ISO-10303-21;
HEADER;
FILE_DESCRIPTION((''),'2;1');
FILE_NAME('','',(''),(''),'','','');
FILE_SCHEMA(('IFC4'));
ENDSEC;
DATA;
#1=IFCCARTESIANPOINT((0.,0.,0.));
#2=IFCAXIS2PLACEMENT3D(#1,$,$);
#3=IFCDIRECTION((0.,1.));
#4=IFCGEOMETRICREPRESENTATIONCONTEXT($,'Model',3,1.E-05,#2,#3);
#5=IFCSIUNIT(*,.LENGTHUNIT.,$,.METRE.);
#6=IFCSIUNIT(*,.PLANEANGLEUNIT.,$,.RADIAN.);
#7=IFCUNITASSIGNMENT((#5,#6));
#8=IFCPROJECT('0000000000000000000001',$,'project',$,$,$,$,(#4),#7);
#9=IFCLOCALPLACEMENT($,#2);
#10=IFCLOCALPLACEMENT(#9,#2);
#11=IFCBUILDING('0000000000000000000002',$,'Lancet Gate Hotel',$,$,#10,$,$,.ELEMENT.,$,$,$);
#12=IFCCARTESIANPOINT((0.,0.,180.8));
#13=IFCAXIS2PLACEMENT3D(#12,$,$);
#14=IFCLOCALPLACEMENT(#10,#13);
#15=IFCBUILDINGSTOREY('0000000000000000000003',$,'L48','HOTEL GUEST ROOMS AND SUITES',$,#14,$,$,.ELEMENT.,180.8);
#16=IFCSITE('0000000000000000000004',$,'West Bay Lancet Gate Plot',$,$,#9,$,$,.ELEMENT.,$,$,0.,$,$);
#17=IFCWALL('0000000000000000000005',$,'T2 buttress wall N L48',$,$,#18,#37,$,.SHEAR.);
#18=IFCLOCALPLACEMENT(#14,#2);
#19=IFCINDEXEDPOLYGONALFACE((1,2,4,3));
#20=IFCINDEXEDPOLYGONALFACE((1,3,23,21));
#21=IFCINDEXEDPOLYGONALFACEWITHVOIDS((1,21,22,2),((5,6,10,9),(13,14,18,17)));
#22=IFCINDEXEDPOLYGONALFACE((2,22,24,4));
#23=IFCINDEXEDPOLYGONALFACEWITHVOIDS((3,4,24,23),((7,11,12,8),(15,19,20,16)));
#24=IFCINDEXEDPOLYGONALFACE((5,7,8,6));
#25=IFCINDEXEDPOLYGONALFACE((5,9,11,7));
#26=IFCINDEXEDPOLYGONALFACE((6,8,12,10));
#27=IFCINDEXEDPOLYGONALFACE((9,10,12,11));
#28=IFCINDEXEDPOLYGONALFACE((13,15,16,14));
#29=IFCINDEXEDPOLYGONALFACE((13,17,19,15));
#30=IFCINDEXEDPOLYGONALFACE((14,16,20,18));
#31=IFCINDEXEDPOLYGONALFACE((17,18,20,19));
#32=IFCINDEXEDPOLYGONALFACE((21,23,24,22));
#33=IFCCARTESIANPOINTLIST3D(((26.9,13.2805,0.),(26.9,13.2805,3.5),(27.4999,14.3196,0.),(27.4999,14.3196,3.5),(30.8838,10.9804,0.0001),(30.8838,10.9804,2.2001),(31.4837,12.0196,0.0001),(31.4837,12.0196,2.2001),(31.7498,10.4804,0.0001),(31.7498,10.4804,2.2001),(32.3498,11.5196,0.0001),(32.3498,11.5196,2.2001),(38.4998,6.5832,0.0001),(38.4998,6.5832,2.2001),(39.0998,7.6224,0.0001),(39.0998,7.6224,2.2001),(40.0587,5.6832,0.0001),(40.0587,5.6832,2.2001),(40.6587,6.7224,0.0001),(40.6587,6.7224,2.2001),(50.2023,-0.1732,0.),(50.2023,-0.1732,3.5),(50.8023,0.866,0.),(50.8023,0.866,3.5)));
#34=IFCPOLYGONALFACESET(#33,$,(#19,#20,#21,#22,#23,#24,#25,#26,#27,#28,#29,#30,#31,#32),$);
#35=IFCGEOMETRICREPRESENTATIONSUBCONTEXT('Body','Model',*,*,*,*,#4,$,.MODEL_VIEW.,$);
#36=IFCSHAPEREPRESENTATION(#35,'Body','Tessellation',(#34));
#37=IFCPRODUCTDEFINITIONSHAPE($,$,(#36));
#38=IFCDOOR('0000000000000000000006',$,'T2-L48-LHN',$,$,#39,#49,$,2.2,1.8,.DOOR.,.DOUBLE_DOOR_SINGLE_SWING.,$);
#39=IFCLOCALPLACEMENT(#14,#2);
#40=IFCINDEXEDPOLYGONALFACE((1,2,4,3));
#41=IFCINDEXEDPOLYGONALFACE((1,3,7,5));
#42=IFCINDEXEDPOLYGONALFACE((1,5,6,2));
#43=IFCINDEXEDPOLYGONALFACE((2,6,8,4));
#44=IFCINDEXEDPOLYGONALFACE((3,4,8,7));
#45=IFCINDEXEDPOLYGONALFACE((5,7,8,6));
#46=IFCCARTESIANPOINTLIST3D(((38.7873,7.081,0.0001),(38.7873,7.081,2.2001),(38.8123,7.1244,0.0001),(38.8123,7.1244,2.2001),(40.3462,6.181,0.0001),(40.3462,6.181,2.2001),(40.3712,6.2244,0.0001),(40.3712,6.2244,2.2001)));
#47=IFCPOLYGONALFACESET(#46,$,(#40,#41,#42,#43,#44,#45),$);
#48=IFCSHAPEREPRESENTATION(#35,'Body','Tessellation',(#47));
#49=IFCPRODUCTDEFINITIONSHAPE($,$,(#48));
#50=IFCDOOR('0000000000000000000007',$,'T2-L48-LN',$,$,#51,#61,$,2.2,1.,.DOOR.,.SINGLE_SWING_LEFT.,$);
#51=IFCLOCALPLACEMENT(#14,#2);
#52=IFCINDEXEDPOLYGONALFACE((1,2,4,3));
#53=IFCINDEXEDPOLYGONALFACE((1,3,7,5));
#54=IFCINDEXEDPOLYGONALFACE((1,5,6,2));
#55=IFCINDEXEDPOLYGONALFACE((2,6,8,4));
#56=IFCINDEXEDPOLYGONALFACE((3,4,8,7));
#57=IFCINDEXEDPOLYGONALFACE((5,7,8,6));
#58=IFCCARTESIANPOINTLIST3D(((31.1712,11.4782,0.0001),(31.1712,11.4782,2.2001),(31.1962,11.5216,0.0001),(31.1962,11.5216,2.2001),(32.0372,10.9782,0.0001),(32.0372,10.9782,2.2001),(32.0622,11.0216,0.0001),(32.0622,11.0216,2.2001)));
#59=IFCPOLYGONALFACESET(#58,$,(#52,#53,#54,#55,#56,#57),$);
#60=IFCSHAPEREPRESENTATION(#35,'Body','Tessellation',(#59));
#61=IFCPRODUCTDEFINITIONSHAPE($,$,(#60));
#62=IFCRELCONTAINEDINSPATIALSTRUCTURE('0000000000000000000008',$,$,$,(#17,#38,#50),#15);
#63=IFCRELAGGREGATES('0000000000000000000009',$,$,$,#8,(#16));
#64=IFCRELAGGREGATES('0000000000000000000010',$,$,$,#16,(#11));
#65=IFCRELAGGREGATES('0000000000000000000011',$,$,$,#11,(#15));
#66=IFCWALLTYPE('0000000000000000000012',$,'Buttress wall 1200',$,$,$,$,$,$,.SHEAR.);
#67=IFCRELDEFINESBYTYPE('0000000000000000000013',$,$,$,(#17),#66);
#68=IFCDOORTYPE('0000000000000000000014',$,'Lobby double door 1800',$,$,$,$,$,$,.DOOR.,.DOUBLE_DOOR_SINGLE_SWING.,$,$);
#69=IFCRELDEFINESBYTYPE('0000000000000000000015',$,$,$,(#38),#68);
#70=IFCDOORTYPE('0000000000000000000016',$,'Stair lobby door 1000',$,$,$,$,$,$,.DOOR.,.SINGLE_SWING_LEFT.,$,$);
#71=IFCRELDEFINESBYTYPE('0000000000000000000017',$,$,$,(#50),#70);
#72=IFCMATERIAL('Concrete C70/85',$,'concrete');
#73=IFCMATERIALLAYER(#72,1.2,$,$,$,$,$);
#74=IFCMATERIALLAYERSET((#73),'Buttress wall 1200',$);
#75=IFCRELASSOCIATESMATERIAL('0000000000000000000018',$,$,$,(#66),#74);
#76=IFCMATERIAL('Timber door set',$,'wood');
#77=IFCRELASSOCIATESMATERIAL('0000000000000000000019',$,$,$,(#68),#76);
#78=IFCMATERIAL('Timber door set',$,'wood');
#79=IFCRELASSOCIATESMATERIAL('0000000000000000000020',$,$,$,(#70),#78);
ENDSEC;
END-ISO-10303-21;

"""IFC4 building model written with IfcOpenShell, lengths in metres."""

from ifc_helpers import new_model, si_unit, direction, frame, frame_2d, origin, place, context, subcontext, project, spatial, rectangle, extrude, material, layer, layer_set, type_object, element, fill, save


model = new_model("IFC4")

# Units and contexts
model_context = context("Model", 3, precision=1e-05, world=origin(), true_north=direction((0.0, 1.0)))
body_context = subcontext(model_context, "Body", "Model", "MODEL_VIEW")
ifc_project = project(units=[si_unit("LENGTHUNIT", "METRE"), si_unit("PLANEANGLEUNIT", "RADIAN")], contexts=[model_context])

# Site, building, storey
site_placement = place(None, origin())
site = spatial("IfcSite", under=ifc_project, at=site_placement, Name="West Bay Lancet Gate Plot", CompositionType="ELEMENT", RefElevation=0.0)
building_placement = place(site_placement, origin())
building = spatial("IfcBuilding", under=site, at=building_placement, Name="Lancet Gate Hotel", CompositionType="ELEMENT")
storey_placement = place(building_placement, frame((0.0, 0.0, 180.8)))
storey = spatial("IfcBuildingStorey", under=building, at=storey_placement, Name="L48", Description="HOTEL GUEST ROOMS AND SUITES", CompositionType="ELEMENT", Elevation=180.8)

# Wall, openings, doors
ifc_material_1 = material(Name="Concrete C70/85", Category="concrete")
ifc_layer_1 = layer(ifc_material_1, 1.2)
ifc_layer_set_1 = layer_set([ifc_layer_1], Name="Buttress wall 1200")
wall_type = type_object("IfcWallType", Name="Buttress wall 1200", PredefinedType="SHEAR", material=ifc_layer_set_1)
wall_placement = place(storey_placement, frame((27.2, 13.8, 0.0), z_axis=(0.0, 0.0, 1.0), x_axis=(0.866025, -0.500002, 0.0)))
wall = element("IfcWall", 1, at=wall_placement, inside=storey, type_object=wall_type, Name="T2 buttress wall N L48", PredefinedType="SHEAR", context=body_context, shape_type="SweptSolid", body=[
    extrude(rectangle(XDim=26.9072, YDim=1.2, at=frame_2d((13.4536, 0.0))), origin(), (0.0, 0.0, 1.0), 3.5),
])
opening_1_placement = place(wall_placement, frame((4.6001, 0.0, 0.0)))
opening_1 = element("IfcOpeningElement", 2, at=opening_1_placement, cuts=wall, PredefinedType="OPENING", context=body_context, shape_type="SweptSolid", body=[
    extrude(rectangle(XDim=1.0, YDim=2.2, at=frame_2d((0.5, 1.1001))), frame((0.0, 0.6099, 0.0), z_axis=(0.0, -1.0, 0.0), x_axis=(1.0, 0.0, 0.0)), (0.0, 0.0, 1.0), 1.22),
])
opening_2_placement = place(wall_placement, frame((13.3945, 0.0, 0.0)))
opening_2 = element("IfcOpeningElement", 3, at=opening_2_placement, cuts=wall, PredefinedType="OPENING", context=body_context, shape_type="SweptSolid", body=[
    extrude(rectangle(XDim=1.8, YDim=2.2, at=frame_2d((0.8999, 1.1001))), frame((0.0, 0.6099, 0.0), z_axis=(0.0, -1.0, 0.0), x_axis=(1.0, 0.0, 0.0)), (0.0, 0.0, 1.0), 1.22),
])
ifc_material_2 = material(Name="Timber door set", Category="wood")
door_type_1 = type_object("IfcDoorType", Name="Lobby double door 1800", OperationType="DOUBLE_DOOR_SINGLE_SWING", PredefinedType="DOOR", material=ifc_material_2)
door_1_placement = place(opening_2_placement, origin())
door_1 = element("IfcDoor", 4, at=door_1_placement, inside=storey, type_object=door_type_1, Name="T2-L48-LHN", OperationType="DOUBLE_DOOR_SINGLE_SWING", OverallHeight=2.2, OverallWidth=1.8, PredefinedType="DOOR", context=body_context, shape_type="SweptSolid", body=[
    extrude(rectangle(XDim=1.8, YDim=2.2, at=frame_2d((0.8999, 1.1001))), frame((0.0, 0.0249, 0.0), z_axis=(0.0, -1.0, 0.0), x_axis=(1.0, 0.0, 0.0)), (0.0, 0.0, 1.0), 0.05),
])
fill(opening_2, door_1)
ifc_material_3 = material(Name="Timber door set", Category="wood")
door_type_2 = type_object("IfcDoorType", Name="Stair lobby door 1000", OperationType="SINGLE_SWING_LEFT", PredefinedType="DOOR", material=ifc_material_3)
door_2_placement = place(opening_1_placement, origin())
door_2 = element("IfcDoor", 5, at=door_2_placement, inside=storey, type_object=door_type_2, Name="T2-L48-LN", OperationType="SINGLE_SWING_LEFT", OverallHeight=2.2, OverallWidth=1.0, PredefinedType="DOOR", context=body_context, shape_type="SweptSolid", body=[
    extrude(rectangle(XDim=1.0, YDim=2.2, at=frame_2d((0.5, 1.1001))), frame((0.0, 0.0249, 0.0), z_axis=(0.0, -1.0, 0.0), x_axis=(1.0, 0.0, 0.0)), (0.0, 0.0, 1.0), 0.05),
])
fill(opening_1, door_2)

save(model, "model.ifc")
